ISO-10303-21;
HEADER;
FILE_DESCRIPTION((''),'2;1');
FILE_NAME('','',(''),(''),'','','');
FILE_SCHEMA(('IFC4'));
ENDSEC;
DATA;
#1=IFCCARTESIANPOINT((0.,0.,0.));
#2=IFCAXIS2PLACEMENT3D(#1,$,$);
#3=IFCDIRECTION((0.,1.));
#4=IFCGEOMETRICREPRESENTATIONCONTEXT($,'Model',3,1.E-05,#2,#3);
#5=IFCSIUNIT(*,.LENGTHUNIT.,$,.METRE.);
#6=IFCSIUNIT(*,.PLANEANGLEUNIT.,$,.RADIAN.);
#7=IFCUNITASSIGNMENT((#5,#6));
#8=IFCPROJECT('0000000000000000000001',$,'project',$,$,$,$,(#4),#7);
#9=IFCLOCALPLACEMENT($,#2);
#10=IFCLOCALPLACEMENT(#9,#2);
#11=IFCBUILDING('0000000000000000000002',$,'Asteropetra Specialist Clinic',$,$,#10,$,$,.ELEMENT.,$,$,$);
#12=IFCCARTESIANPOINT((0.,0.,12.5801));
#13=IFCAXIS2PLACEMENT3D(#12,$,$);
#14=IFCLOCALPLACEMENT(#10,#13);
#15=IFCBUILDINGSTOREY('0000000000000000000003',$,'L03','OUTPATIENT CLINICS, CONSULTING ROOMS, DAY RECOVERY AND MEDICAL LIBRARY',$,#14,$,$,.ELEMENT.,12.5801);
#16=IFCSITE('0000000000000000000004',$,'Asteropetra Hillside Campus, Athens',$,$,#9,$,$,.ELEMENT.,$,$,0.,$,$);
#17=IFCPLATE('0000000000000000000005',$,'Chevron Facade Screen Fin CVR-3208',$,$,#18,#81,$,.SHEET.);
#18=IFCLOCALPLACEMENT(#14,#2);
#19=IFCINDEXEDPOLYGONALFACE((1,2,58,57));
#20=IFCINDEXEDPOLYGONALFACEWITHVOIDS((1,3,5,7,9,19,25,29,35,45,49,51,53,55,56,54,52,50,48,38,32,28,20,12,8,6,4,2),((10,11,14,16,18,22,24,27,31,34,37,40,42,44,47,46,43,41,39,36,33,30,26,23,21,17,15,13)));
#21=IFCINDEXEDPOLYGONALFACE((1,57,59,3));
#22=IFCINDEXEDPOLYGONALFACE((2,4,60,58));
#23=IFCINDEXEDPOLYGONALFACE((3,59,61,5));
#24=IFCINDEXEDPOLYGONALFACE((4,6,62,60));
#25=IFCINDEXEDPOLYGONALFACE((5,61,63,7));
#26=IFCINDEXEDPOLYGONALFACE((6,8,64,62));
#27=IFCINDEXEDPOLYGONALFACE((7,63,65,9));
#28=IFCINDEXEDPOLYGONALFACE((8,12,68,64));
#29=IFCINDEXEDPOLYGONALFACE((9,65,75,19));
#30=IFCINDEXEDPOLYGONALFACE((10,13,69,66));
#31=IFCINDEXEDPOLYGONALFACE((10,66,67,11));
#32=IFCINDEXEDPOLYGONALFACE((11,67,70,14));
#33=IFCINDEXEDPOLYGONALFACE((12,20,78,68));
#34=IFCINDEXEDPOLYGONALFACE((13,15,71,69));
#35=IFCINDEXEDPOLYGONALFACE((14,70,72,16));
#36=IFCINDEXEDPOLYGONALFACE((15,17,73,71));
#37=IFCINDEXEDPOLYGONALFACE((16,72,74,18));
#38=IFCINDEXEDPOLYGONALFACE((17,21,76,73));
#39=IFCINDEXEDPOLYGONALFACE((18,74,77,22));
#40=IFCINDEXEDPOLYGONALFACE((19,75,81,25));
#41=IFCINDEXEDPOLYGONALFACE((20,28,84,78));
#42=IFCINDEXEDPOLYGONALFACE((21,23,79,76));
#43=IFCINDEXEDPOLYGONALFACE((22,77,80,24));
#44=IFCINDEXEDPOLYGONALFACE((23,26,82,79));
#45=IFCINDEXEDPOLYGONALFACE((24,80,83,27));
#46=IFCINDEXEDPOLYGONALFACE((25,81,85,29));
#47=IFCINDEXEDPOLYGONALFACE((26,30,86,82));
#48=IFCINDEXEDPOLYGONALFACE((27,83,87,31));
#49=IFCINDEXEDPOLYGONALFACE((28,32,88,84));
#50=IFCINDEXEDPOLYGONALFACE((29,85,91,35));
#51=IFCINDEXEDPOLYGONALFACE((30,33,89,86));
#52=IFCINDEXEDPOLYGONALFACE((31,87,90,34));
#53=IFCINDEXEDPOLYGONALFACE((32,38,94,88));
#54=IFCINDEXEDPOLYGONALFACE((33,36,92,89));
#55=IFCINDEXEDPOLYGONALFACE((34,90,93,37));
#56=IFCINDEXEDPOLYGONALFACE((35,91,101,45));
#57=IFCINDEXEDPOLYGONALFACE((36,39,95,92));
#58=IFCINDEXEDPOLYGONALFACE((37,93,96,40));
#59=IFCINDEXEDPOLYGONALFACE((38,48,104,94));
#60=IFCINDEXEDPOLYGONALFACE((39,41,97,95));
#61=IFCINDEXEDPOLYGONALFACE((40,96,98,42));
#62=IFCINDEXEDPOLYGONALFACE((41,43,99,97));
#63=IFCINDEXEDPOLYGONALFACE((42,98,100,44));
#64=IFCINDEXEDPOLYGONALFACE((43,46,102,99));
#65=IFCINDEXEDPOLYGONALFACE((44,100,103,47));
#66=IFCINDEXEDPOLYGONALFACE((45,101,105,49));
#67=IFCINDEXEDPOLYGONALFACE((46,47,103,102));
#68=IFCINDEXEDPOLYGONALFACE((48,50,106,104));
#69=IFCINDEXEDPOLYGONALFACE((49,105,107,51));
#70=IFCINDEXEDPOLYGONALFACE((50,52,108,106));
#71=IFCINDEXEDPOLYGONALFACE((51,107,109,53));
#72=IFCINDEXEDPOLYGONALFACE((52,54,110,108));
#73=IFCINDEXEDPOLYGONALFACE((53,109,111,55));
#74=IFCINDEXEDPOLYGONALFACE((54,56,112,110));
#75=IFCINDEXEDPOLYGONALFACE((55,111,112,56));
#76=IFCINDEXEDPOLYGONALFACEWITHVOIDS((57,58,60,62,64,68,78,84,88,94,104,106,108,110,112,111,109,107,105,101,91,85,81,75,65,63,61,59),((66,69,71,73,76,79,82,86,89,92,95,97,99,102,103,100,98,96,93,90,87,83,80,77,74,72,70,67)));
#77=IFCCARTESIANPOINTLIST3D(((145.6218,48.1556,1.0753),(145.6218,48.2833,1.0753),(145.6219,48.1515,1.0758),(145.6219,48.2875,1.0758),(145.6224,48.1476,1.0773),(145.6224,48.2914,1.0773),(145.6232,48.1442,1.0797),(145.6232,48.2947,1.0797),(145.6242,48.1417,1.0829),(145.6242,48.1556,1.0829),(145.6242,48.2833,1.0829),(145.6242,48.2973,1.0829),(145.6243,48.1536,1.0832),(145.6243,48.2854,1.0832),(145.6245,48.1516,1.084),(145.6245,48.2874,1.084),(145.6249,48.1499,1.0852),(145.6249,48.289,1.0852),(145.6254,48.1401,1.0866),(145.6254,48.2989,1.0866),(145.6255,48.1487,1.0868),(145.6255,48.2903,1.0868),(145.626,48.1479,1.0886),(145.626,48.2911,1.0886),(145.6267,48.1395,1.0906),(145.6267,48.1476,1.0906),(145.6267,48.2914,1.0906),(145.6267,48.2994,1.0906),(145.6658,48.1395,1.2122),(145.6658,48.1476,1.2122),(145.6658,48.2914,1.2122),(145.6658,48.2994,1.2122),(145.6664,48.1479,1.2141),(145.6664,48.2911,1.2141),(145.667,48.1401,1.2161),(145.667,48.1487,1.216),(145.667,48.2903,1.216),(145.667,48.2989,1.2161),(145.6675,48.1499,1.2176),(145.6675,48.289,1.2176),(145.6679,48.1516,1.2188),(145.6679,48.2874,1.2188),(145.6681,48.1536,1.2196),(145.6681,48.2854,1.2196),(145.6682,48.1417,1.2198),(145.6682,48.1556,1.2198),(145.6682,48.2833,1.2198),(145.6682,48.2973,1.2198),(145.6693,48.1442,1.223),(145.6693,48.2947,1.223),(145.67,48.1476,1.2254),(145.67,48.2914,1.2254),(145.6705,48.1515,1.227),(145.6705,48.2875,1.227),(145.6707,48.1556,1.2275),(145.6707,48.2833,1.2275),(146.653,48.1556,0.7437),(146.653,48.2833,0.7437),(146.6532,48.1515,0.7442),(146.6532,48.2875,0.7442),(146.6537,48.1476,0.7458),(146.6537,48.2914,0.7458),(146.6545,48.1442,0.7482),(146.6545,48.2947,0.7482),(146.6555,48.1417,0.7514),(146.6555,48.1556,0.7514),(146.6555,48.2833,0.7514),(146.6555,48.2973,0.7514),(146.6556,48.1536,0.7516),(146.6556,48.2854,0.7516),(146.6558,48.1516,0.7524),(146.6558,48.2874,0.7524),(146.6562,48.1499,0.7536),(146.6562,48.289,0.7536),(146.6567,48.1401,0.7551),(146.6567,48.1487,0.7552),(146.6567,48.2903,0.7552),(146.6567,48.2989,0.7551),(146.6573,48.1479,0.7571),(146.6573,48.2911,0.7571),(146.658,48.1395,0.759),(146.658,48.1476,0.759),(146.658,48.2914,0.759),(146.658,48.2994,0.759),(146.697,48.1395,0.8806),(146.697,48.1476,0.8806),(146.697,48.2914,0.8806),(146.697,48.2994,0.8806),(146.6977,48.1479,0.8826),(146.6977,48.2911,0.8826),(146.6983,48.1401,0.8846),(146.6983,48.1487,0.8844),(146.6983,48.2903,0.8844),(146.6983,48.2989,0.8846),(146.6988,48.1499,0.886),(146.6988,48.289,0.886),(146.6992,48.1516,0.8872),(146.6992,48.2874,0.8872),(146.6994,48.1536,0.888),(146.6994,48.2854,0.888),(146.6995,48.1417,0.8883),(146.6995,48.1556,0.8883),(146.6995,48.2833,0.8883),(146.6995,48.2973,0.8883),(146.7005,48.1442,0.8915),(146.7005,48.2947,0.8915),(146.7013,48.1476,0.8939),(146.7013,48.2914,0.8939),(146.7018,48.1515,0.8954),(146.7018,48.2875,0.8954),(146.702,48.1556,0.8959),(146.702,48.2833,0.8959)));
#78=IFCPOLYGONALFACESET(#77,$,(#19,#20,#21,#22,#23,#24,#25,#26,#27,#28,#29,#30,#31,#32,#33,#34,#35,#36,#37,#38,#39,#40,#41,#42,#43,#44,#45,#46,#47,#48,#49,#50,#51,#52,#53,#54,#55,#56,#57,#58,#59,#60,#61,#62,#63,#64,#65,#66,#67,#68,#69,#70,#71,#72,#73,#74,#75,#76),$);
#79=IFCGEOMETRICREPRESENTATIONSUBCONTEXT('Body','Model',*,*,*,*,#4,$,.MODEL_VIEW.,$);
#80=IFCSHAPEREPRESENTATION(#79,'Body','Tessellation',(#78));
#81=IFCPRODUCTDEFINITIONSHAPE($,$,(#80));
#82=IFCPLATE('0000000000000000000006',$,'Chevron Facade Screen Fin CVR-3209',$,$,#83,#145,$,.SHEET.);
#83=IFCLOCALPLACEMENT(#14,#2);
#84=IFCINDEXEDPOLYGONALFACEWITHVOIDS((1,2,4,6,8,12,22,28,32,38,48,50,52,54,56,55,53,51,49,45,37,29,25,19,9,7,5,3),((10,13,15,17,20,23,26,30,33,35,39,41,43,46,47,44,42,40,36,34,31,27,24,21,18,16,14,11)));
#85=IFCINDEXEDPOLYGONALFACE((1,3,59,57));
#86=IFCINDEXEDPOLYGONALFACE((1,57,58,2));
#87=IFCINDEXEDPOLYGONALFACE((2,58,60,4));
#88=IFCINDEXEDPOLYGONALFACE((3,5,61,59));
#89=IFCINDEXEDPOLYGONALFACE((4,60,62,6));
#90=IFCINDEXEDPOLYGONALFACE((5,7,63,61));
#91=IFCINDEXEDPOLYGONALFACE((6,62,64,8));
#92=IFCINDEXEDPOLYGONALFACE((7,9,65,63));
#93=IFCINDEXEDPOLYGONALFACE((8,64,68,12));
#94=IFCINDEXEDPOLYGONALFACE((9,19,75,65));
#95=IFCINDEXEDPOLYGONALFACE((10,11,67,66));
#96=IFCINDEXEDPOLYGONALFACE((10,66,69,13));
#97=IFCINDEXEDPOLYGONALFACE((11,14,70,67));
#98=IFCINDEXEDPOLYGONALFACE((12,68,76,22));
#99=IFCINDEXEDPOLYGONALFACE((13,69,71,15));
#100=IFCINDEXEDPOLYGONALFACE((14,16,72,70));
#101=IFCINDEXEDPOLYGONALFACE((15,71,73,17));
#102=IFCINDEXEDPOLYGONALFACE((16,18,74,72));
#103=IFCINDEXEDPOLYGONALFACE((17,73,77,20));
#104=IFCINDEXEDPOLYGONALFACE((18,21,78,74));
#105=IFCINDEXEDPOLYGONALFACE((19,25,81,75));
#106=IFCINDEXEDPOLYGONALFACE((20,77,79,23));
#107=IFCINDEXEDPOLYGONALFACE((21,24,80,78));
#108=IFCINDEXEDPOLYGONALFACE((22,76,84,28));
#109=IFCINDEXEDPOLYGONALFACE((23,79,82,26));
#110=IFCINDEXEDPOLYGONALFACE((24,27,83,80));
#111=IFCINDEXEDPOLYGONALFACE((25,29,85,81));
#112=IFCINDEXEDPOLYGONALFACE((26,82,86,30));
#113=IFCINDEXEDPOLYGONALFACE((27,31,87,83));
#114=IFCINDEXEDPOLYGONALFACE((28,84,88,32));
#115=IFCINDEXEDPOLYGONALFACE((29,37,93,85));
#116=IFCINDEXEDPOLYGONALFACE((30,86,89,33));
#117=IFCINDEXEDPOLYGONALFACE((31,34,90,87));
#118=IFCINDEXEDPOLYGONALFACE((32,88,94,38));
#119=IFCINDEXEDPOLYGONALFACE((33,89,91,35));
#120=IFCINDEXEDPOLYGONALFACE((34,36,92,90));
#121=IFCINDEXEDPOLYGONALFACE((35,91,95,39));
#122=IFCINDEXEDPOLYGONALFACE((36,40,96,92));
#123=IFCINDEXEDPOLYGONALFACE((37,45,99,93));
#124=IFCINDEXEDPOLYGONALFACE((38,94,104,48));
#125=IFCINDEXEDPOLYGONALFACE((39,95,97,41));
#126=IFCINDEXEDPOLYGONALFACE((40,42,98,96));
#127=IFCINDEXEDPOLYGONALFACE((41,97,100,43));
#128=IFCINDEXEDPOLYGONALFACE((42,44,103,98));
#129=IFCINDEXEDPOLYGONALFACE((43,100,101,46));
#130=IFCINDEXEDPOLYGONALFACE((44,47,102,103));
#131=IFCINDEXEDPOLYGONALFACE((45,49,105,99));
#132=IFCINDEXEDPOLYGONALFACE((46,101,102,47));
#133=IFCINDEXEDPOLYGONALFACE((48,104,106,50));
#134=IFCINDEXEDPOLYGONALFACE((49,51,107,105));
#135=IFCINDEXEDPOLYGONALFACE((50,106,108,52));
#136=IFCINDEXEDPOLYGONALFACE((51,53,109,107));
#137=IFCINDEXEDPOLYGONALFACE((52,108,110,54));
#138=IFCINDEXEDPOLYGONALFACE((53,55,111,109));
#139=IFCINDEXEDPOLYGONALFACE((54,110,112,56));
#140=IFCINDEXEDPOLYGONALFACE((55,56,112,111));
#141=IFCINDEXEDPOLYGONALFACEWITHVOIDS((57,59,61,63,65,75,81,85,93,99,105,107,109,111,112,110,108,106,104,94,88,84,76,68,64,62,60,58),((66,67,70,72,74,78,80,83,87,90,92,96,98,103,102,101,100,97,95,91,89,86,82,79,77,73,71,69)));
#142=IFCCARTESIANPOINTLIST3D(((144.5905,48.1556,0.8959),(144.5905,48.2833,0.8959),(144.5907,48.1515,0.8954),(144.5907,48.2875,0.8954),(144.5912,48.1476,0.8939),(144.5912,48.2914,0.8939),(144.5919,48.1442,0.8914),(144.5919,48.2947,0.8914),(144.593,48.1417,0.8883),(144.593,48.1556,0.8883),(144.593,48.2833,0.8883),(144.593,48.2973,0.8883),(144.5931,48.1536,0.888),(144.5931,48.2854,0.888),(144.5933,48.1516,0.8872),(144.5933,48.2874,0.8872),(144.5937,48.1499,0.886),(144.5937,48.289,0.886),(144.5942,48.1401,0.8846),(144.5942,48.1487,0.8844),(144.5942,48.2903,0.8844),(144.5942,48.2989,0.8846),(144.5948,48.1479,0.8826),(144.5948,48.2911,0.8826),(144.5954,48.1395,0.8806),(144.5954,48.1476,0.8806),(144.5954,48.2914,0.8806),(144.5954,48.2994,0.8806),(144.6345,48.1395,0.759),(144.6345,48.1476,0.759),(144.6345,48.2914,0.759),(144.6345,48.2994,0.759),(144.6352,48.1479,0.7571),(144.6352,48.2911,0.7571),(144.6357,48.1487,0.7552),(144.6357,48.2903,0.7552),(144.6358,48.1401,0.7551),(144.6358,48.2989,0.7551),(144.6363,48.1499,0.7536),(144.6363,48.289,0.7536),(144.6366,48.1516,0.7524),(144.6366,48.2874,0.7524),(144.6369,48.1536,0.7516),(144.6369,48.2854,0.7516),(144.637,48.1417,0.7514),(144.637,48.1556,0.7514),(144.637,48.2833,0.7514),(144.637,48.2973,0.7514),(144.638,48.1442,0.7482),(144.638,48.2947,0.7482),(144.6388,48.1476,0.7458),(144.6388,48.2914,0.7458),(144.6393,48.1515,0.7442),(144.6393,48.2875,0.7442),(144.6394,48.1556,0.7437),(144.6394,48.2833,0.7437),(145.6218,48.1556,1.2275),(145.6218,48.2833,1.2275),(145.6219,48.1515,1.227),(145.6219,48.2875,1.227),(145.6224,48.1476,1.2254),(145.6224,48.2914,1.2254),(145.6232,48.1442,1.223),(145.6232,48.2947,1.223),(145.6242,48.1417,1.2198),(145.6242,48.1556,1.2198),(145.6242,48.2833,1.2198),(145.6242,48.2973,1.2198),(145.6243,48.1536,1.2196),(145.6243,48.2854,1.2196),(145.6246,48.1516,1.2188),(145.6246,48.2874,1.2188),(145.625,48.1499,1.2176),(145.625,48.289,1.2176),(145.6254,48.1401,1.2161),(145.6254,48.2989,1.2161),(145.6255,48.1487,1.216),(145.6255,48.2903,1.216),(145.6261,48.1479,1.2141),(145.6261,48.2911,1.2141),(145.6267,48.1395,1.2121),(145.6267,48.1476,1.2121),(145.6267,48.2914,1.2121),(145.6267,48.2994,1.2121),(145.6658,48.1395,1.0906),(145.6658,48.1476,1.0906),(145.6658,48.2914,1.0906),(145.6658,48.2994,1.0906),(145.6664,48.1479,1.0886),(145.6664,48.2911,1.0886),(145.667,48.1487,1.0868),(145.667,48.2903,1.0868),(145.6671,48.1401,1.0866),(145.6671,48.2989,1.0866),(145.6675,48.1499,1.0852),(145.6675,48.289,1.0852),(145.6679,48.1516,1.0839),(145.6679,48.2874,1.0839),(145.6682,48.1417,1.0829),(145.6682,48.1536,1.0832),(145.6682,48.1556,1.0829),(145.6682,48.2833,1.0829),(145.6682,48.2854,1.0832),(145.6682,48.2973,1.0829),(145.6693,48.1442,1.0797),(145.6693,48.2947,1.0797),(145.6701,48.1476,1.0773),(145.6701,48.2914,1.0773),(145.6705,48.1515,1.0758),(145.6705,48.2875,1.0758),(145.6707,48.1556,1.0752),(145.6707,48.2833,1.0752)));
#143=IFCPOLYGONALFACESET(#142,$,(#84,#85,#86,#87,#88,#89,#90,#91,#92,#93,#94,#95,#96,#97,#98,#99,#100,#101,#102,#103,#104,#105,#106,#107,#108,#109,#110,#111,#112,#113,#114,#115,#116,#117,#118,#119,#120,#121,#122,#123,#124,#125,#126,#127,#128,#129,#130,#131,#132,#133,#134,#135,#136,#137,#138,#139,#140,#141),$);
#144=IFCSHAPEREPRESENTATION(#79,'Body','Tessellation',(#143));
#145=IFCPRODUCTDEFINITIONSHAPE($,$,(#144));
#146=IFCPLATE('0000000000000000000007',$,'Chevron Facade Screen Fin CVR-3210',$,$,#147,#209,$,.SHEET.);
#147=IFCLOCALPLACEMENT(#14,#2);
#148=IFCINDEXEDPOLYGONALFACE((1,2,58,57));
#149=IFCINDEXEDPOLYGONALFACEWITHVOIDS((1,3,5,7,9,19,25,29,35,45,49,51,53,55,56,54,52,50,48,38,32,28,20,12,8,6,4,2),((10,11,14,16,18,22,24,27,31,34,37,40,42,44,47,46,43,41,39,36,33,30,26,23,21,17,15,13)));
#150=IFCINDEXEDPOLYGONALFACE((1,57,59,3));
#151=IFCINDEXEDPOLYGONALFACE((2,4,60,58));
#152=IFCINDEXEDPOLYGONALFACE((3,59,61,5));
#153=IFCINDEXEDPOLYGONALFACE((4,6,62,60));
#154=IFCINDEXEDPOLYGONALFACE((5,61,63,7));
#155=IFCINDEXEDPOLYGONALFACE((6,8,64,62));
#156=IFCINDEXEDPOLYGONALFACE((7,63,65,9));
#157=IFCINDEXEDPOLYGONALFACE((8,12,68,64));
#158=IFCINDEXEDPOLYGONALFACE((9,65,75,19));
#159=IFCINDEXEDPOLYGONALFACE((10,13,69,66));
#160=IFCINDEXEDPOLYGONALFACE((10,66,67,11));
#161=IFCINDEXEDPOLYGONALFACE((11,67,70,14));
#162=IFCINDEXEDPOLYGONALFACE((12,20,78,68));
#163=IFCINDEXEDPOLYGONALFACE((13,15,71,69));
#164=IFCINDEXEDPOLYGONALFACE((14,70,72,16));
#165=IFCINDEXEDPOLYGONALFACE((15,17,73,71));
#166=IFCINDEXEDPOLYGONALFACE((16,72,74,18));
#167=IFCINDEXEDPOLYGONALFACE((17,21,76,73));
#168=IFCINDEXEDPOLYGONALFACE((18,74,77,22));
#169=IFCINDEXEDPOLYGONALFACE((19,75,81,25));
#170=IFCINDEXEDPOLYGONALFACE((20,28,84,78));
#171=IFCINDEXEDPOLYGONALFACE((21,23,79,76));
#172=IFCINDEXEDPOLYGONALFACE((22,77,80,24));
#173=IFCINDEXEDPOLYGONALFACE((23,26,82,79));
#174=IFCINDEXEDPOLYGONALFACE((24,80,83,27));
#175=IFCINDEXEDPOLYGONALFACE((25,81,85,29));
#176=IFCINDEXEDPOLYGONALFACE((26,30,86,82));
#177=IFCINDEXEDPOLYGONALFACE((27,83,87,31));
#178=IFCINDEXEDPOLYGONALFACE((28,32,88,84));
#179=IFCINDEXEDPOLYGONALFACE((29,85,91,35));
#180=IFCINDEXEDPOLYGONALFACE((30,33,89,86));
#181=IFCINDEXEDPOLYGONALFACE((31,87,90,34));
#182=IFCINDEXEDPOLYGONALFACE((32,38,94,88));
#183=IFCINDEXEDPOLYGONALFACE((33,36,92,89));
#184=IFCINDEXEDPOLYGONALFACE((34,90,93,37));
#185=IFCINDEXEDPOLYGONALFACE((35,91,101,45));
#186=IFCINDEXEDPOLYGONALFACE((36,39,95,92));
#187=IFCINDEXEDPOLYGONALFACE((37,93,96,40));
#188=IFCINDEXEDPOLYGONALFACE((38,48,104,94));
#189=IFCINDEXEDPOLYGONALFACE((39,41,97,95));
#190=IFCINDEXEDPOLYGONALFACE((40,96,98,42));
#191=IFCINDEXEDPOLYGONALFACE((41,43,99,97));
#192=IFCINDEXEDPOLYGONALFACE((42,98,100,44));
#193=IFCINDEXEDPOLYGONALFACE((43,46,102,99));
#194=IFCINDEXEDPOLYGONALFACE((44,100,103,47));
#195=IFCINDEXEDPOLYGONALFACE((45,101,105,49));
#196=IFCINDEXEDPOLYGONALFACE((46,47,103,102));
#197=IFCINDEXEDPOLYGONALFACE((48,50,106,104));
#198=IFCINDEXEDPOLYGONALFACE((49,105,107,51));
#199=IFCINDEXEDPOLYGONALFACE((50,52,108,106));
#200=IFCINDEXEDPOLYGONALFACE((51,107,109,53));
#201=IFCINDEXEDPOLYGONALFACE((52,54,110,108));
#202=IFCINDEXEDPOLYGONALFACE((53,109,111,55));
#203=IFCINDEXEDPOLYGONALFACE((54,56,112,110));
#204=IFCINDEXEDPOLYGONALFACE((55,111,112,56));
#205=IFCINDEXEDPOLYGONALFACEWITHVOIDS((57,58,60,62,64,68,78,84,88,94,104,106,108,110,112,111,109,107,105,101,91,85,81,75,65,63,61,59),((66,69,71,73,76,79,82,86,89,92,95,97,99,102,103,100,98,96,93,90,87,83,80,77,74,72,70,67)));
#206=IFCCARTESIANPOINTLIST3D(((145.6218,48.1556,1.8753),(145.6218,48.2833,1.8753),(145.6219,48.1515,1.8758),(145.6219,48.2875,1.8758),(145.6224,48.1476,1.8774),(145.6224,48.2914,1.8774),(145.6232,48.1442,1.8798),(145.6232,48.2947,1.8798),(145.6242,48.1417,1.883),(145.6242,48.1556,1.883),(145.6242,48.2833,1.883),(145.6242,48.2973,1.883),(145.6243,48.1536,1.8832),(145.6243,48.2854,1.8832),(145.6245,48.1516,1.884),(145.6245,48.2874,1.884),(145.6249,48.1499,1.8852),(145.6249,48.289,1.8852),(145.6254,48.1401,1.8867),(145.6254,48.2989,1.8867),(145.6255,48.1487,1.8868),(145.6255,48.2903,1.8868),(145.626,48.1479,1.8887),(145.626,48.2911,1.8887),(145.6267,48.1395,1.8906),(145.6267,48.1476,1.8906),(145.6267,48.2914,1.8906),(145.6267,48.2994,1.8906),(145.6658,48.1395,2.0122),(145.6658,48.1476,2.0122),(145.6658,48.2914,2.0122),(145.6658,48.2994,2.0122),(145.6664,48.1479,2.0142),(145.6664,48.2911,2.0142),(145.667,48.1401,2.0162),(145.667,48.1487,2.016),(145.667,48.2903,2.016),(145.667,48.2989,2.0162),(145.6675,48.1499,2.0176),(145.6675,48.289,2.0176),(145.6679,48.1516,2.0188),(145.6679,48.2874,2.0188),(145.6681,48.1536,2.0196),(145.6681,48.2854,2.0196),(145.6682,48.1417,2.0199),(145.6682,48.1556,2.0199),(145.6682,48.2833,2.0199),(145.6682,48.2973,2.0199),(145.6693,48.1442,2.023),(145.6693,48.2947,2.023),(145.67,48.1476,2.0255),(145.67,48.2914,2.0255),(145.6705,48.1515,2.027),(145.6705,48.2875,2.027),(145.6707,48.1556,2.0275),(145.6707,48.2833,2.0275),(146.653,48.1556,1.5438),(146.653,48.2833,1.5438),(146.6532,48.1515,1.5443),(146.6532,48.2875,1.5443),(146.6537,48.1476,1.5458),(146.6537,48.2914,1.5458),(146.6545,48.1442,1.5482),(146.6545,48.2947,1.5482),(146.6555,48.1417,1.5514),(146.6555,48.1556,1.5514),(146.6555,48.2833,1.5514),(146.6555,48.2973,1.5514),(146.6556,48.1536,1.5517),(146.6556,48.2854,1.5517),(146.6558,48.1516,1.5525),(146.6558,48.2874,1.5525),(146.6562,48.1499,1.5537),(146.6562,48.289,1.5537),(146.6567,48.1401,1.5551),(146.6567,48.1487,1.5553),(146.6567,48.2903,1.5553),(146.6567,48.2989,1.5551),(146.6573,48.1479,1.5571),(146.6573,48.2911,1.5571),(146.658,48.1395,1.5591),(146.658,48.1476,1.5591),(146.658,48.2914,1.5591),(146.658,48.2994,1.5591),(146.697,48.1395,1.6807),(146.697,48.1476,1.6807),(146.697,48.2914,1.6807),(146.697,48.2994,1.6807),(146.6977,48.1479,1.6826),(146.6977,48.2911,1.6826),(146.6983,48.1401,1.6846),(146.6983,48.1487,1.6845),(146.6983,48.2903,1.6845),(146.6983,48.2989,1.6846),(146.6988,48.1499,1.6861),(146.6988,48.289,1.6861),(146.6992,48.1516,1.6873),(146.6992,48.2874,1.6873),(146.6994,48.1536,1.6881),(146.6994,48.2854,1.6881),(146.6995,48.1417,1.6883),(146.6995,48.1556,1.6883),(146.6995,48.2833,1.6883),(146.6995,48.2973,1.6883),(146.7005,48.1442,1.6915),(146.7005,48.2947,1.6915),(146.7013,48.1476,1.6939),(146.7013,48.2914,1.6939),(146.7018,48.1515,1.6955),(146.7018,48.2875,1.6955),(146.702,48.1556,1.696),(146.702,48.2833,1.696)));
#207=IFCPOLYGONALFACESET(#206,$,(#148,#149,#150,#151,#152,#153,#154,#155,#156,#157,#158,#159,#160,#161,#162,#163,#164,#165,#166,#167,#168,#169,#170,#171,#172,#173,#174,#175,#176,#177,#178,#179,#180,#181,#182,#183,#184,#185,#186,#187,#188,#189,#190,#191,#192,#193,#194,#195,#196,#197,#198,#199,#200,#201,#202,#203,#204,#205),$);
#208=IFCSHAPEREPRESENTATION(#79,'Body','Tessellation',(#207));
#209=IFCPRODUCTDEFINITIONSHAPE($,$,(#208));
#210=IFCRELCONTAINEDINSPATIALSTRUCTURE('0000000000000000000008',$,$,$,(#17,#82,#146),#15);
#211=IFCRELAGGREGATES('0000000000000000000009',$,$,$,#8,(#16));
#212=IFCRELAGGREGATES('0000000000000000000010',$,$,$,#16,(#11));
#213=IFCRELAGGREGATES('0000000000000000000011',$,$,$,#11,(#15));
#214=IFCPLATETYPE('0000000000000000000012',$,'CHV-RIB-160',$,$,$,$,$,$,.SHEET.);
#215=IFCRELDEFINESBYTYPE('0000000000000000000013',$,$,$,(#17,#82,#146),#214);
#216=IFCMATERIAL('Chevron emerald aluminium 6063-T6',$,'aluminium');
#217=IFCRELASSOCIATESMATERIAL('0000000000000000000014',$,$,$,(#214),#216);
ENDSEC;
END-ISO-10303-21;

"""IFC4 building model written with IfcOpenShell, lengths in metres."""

from ifc_helpers import new_model, si_unit, direction, frame, origin, origin_2d, place, context, subcontext, project, spatial, hollow_rectangle, extrude, material, material_profile, profile_set, type_object, element, save


model = new_model("IFC4")

# Units and contexts
model_context = context("Model", 3, precision=1e-05, world=origin(), true_north=direction((0.0, 1.0)))
body_context = subcontext(model_context, "Body", "Model", "MODEL_VIEW")
ifc_project = project(units=[si_unit("LENGTHUNIT", "METRE"), si_unit("PLANEANGLEUNIT", "RADIAN")], contexts=[model_context])

# Site, building, storey
site_placement = place(None, origin())
site = spatial("IfcSite", under=ifc_project, at=site_placement, Name="Asteropetra Hillside Campus, Athens", CompositionType="ELEMENT", RefElevation=0.0)
building_placement = place(site_placement, origin())
building = spatial("IfcBuilding", under=site, at=building_placement, Name="Asteropetra Specialist Clinic", CompositionType="ELEMENT")
storey_placement = place(building_placement, frame((0.0, 0.0, 12.5801)))
storey = spatial("IfcBuildingStorey", under=building, at=storey_placement, Name="L03", Description="OUTPATIENT CLINICS, CONSULTING ROOMS, DAY RECOVERY AND MEDICAL LIBRARY", CompositionType="ELEMENT", Elevation=12.5801)

# Plates
ifc_material_1 = material(Name="Chevron emerald aluminium 6063-T6", Category="aluminium")
ifc_material_profile = material_profile(ifc_material_1, hollow_rectangle(XDim=0.1599, YDim=0.1599, WallThickness=0.0081, InnerFilletRadius=0.0081, OuterFilletRadius=0.0161, at=origin_2d()), Name="SHS 160x160x8.0")
ifc_profile_set = profile_set([ifc_material_profile], Name="Chevron emerald aluminium 6063-T6")
plate_type_1 = type_object("IfcPlateType", Name="CHV-RIB-160", PredefinedType="SHEET", material=ifc_profile_set)
for number, where, z_axis, x_axis, name in (
    (1, (146.6775, 48.2195, 0.8198), (-0.95201, 0.0, 0.306068), (0.0, -1.0, 0.0), "Chevron Facade Screen Fin CVR-3208"),
    (2, (145.6462, 48.2195, 1.1514), (-0.95201, 0.0, -0.306068), (0.0, -1.0, 0.0), "Chevron Facade Screen Fin CVR-3209"),
    (3, (146.6775, 48.2195, 1.6199), (-0.95201, 0.0, 0.306068), (0.0, -1.0, 0.0), "Chevron Facade Screen Fin CVR-3210"),
):
    element("IfcPlate", number, at=place(storey_placement, frame(where, z_axis=z_axis, x_axis=x_axis)), inside=storey, type_object=plate_type_1, Name=name, PredefinedType="SHEET", context=body_context, shape_type="SweptSolid", body=[
        extrude(hollow_rectangle(XDim=0.1599, YDim=0.1599, WallThickness=0.0081, InnerFilletRadius=0.0081, OuterFilletRadius=0.0161, at=origin_2d()), origin(), (0.0, 0.0, 1.0), 1.0833),
    ])

save(model, "model.ifc")
